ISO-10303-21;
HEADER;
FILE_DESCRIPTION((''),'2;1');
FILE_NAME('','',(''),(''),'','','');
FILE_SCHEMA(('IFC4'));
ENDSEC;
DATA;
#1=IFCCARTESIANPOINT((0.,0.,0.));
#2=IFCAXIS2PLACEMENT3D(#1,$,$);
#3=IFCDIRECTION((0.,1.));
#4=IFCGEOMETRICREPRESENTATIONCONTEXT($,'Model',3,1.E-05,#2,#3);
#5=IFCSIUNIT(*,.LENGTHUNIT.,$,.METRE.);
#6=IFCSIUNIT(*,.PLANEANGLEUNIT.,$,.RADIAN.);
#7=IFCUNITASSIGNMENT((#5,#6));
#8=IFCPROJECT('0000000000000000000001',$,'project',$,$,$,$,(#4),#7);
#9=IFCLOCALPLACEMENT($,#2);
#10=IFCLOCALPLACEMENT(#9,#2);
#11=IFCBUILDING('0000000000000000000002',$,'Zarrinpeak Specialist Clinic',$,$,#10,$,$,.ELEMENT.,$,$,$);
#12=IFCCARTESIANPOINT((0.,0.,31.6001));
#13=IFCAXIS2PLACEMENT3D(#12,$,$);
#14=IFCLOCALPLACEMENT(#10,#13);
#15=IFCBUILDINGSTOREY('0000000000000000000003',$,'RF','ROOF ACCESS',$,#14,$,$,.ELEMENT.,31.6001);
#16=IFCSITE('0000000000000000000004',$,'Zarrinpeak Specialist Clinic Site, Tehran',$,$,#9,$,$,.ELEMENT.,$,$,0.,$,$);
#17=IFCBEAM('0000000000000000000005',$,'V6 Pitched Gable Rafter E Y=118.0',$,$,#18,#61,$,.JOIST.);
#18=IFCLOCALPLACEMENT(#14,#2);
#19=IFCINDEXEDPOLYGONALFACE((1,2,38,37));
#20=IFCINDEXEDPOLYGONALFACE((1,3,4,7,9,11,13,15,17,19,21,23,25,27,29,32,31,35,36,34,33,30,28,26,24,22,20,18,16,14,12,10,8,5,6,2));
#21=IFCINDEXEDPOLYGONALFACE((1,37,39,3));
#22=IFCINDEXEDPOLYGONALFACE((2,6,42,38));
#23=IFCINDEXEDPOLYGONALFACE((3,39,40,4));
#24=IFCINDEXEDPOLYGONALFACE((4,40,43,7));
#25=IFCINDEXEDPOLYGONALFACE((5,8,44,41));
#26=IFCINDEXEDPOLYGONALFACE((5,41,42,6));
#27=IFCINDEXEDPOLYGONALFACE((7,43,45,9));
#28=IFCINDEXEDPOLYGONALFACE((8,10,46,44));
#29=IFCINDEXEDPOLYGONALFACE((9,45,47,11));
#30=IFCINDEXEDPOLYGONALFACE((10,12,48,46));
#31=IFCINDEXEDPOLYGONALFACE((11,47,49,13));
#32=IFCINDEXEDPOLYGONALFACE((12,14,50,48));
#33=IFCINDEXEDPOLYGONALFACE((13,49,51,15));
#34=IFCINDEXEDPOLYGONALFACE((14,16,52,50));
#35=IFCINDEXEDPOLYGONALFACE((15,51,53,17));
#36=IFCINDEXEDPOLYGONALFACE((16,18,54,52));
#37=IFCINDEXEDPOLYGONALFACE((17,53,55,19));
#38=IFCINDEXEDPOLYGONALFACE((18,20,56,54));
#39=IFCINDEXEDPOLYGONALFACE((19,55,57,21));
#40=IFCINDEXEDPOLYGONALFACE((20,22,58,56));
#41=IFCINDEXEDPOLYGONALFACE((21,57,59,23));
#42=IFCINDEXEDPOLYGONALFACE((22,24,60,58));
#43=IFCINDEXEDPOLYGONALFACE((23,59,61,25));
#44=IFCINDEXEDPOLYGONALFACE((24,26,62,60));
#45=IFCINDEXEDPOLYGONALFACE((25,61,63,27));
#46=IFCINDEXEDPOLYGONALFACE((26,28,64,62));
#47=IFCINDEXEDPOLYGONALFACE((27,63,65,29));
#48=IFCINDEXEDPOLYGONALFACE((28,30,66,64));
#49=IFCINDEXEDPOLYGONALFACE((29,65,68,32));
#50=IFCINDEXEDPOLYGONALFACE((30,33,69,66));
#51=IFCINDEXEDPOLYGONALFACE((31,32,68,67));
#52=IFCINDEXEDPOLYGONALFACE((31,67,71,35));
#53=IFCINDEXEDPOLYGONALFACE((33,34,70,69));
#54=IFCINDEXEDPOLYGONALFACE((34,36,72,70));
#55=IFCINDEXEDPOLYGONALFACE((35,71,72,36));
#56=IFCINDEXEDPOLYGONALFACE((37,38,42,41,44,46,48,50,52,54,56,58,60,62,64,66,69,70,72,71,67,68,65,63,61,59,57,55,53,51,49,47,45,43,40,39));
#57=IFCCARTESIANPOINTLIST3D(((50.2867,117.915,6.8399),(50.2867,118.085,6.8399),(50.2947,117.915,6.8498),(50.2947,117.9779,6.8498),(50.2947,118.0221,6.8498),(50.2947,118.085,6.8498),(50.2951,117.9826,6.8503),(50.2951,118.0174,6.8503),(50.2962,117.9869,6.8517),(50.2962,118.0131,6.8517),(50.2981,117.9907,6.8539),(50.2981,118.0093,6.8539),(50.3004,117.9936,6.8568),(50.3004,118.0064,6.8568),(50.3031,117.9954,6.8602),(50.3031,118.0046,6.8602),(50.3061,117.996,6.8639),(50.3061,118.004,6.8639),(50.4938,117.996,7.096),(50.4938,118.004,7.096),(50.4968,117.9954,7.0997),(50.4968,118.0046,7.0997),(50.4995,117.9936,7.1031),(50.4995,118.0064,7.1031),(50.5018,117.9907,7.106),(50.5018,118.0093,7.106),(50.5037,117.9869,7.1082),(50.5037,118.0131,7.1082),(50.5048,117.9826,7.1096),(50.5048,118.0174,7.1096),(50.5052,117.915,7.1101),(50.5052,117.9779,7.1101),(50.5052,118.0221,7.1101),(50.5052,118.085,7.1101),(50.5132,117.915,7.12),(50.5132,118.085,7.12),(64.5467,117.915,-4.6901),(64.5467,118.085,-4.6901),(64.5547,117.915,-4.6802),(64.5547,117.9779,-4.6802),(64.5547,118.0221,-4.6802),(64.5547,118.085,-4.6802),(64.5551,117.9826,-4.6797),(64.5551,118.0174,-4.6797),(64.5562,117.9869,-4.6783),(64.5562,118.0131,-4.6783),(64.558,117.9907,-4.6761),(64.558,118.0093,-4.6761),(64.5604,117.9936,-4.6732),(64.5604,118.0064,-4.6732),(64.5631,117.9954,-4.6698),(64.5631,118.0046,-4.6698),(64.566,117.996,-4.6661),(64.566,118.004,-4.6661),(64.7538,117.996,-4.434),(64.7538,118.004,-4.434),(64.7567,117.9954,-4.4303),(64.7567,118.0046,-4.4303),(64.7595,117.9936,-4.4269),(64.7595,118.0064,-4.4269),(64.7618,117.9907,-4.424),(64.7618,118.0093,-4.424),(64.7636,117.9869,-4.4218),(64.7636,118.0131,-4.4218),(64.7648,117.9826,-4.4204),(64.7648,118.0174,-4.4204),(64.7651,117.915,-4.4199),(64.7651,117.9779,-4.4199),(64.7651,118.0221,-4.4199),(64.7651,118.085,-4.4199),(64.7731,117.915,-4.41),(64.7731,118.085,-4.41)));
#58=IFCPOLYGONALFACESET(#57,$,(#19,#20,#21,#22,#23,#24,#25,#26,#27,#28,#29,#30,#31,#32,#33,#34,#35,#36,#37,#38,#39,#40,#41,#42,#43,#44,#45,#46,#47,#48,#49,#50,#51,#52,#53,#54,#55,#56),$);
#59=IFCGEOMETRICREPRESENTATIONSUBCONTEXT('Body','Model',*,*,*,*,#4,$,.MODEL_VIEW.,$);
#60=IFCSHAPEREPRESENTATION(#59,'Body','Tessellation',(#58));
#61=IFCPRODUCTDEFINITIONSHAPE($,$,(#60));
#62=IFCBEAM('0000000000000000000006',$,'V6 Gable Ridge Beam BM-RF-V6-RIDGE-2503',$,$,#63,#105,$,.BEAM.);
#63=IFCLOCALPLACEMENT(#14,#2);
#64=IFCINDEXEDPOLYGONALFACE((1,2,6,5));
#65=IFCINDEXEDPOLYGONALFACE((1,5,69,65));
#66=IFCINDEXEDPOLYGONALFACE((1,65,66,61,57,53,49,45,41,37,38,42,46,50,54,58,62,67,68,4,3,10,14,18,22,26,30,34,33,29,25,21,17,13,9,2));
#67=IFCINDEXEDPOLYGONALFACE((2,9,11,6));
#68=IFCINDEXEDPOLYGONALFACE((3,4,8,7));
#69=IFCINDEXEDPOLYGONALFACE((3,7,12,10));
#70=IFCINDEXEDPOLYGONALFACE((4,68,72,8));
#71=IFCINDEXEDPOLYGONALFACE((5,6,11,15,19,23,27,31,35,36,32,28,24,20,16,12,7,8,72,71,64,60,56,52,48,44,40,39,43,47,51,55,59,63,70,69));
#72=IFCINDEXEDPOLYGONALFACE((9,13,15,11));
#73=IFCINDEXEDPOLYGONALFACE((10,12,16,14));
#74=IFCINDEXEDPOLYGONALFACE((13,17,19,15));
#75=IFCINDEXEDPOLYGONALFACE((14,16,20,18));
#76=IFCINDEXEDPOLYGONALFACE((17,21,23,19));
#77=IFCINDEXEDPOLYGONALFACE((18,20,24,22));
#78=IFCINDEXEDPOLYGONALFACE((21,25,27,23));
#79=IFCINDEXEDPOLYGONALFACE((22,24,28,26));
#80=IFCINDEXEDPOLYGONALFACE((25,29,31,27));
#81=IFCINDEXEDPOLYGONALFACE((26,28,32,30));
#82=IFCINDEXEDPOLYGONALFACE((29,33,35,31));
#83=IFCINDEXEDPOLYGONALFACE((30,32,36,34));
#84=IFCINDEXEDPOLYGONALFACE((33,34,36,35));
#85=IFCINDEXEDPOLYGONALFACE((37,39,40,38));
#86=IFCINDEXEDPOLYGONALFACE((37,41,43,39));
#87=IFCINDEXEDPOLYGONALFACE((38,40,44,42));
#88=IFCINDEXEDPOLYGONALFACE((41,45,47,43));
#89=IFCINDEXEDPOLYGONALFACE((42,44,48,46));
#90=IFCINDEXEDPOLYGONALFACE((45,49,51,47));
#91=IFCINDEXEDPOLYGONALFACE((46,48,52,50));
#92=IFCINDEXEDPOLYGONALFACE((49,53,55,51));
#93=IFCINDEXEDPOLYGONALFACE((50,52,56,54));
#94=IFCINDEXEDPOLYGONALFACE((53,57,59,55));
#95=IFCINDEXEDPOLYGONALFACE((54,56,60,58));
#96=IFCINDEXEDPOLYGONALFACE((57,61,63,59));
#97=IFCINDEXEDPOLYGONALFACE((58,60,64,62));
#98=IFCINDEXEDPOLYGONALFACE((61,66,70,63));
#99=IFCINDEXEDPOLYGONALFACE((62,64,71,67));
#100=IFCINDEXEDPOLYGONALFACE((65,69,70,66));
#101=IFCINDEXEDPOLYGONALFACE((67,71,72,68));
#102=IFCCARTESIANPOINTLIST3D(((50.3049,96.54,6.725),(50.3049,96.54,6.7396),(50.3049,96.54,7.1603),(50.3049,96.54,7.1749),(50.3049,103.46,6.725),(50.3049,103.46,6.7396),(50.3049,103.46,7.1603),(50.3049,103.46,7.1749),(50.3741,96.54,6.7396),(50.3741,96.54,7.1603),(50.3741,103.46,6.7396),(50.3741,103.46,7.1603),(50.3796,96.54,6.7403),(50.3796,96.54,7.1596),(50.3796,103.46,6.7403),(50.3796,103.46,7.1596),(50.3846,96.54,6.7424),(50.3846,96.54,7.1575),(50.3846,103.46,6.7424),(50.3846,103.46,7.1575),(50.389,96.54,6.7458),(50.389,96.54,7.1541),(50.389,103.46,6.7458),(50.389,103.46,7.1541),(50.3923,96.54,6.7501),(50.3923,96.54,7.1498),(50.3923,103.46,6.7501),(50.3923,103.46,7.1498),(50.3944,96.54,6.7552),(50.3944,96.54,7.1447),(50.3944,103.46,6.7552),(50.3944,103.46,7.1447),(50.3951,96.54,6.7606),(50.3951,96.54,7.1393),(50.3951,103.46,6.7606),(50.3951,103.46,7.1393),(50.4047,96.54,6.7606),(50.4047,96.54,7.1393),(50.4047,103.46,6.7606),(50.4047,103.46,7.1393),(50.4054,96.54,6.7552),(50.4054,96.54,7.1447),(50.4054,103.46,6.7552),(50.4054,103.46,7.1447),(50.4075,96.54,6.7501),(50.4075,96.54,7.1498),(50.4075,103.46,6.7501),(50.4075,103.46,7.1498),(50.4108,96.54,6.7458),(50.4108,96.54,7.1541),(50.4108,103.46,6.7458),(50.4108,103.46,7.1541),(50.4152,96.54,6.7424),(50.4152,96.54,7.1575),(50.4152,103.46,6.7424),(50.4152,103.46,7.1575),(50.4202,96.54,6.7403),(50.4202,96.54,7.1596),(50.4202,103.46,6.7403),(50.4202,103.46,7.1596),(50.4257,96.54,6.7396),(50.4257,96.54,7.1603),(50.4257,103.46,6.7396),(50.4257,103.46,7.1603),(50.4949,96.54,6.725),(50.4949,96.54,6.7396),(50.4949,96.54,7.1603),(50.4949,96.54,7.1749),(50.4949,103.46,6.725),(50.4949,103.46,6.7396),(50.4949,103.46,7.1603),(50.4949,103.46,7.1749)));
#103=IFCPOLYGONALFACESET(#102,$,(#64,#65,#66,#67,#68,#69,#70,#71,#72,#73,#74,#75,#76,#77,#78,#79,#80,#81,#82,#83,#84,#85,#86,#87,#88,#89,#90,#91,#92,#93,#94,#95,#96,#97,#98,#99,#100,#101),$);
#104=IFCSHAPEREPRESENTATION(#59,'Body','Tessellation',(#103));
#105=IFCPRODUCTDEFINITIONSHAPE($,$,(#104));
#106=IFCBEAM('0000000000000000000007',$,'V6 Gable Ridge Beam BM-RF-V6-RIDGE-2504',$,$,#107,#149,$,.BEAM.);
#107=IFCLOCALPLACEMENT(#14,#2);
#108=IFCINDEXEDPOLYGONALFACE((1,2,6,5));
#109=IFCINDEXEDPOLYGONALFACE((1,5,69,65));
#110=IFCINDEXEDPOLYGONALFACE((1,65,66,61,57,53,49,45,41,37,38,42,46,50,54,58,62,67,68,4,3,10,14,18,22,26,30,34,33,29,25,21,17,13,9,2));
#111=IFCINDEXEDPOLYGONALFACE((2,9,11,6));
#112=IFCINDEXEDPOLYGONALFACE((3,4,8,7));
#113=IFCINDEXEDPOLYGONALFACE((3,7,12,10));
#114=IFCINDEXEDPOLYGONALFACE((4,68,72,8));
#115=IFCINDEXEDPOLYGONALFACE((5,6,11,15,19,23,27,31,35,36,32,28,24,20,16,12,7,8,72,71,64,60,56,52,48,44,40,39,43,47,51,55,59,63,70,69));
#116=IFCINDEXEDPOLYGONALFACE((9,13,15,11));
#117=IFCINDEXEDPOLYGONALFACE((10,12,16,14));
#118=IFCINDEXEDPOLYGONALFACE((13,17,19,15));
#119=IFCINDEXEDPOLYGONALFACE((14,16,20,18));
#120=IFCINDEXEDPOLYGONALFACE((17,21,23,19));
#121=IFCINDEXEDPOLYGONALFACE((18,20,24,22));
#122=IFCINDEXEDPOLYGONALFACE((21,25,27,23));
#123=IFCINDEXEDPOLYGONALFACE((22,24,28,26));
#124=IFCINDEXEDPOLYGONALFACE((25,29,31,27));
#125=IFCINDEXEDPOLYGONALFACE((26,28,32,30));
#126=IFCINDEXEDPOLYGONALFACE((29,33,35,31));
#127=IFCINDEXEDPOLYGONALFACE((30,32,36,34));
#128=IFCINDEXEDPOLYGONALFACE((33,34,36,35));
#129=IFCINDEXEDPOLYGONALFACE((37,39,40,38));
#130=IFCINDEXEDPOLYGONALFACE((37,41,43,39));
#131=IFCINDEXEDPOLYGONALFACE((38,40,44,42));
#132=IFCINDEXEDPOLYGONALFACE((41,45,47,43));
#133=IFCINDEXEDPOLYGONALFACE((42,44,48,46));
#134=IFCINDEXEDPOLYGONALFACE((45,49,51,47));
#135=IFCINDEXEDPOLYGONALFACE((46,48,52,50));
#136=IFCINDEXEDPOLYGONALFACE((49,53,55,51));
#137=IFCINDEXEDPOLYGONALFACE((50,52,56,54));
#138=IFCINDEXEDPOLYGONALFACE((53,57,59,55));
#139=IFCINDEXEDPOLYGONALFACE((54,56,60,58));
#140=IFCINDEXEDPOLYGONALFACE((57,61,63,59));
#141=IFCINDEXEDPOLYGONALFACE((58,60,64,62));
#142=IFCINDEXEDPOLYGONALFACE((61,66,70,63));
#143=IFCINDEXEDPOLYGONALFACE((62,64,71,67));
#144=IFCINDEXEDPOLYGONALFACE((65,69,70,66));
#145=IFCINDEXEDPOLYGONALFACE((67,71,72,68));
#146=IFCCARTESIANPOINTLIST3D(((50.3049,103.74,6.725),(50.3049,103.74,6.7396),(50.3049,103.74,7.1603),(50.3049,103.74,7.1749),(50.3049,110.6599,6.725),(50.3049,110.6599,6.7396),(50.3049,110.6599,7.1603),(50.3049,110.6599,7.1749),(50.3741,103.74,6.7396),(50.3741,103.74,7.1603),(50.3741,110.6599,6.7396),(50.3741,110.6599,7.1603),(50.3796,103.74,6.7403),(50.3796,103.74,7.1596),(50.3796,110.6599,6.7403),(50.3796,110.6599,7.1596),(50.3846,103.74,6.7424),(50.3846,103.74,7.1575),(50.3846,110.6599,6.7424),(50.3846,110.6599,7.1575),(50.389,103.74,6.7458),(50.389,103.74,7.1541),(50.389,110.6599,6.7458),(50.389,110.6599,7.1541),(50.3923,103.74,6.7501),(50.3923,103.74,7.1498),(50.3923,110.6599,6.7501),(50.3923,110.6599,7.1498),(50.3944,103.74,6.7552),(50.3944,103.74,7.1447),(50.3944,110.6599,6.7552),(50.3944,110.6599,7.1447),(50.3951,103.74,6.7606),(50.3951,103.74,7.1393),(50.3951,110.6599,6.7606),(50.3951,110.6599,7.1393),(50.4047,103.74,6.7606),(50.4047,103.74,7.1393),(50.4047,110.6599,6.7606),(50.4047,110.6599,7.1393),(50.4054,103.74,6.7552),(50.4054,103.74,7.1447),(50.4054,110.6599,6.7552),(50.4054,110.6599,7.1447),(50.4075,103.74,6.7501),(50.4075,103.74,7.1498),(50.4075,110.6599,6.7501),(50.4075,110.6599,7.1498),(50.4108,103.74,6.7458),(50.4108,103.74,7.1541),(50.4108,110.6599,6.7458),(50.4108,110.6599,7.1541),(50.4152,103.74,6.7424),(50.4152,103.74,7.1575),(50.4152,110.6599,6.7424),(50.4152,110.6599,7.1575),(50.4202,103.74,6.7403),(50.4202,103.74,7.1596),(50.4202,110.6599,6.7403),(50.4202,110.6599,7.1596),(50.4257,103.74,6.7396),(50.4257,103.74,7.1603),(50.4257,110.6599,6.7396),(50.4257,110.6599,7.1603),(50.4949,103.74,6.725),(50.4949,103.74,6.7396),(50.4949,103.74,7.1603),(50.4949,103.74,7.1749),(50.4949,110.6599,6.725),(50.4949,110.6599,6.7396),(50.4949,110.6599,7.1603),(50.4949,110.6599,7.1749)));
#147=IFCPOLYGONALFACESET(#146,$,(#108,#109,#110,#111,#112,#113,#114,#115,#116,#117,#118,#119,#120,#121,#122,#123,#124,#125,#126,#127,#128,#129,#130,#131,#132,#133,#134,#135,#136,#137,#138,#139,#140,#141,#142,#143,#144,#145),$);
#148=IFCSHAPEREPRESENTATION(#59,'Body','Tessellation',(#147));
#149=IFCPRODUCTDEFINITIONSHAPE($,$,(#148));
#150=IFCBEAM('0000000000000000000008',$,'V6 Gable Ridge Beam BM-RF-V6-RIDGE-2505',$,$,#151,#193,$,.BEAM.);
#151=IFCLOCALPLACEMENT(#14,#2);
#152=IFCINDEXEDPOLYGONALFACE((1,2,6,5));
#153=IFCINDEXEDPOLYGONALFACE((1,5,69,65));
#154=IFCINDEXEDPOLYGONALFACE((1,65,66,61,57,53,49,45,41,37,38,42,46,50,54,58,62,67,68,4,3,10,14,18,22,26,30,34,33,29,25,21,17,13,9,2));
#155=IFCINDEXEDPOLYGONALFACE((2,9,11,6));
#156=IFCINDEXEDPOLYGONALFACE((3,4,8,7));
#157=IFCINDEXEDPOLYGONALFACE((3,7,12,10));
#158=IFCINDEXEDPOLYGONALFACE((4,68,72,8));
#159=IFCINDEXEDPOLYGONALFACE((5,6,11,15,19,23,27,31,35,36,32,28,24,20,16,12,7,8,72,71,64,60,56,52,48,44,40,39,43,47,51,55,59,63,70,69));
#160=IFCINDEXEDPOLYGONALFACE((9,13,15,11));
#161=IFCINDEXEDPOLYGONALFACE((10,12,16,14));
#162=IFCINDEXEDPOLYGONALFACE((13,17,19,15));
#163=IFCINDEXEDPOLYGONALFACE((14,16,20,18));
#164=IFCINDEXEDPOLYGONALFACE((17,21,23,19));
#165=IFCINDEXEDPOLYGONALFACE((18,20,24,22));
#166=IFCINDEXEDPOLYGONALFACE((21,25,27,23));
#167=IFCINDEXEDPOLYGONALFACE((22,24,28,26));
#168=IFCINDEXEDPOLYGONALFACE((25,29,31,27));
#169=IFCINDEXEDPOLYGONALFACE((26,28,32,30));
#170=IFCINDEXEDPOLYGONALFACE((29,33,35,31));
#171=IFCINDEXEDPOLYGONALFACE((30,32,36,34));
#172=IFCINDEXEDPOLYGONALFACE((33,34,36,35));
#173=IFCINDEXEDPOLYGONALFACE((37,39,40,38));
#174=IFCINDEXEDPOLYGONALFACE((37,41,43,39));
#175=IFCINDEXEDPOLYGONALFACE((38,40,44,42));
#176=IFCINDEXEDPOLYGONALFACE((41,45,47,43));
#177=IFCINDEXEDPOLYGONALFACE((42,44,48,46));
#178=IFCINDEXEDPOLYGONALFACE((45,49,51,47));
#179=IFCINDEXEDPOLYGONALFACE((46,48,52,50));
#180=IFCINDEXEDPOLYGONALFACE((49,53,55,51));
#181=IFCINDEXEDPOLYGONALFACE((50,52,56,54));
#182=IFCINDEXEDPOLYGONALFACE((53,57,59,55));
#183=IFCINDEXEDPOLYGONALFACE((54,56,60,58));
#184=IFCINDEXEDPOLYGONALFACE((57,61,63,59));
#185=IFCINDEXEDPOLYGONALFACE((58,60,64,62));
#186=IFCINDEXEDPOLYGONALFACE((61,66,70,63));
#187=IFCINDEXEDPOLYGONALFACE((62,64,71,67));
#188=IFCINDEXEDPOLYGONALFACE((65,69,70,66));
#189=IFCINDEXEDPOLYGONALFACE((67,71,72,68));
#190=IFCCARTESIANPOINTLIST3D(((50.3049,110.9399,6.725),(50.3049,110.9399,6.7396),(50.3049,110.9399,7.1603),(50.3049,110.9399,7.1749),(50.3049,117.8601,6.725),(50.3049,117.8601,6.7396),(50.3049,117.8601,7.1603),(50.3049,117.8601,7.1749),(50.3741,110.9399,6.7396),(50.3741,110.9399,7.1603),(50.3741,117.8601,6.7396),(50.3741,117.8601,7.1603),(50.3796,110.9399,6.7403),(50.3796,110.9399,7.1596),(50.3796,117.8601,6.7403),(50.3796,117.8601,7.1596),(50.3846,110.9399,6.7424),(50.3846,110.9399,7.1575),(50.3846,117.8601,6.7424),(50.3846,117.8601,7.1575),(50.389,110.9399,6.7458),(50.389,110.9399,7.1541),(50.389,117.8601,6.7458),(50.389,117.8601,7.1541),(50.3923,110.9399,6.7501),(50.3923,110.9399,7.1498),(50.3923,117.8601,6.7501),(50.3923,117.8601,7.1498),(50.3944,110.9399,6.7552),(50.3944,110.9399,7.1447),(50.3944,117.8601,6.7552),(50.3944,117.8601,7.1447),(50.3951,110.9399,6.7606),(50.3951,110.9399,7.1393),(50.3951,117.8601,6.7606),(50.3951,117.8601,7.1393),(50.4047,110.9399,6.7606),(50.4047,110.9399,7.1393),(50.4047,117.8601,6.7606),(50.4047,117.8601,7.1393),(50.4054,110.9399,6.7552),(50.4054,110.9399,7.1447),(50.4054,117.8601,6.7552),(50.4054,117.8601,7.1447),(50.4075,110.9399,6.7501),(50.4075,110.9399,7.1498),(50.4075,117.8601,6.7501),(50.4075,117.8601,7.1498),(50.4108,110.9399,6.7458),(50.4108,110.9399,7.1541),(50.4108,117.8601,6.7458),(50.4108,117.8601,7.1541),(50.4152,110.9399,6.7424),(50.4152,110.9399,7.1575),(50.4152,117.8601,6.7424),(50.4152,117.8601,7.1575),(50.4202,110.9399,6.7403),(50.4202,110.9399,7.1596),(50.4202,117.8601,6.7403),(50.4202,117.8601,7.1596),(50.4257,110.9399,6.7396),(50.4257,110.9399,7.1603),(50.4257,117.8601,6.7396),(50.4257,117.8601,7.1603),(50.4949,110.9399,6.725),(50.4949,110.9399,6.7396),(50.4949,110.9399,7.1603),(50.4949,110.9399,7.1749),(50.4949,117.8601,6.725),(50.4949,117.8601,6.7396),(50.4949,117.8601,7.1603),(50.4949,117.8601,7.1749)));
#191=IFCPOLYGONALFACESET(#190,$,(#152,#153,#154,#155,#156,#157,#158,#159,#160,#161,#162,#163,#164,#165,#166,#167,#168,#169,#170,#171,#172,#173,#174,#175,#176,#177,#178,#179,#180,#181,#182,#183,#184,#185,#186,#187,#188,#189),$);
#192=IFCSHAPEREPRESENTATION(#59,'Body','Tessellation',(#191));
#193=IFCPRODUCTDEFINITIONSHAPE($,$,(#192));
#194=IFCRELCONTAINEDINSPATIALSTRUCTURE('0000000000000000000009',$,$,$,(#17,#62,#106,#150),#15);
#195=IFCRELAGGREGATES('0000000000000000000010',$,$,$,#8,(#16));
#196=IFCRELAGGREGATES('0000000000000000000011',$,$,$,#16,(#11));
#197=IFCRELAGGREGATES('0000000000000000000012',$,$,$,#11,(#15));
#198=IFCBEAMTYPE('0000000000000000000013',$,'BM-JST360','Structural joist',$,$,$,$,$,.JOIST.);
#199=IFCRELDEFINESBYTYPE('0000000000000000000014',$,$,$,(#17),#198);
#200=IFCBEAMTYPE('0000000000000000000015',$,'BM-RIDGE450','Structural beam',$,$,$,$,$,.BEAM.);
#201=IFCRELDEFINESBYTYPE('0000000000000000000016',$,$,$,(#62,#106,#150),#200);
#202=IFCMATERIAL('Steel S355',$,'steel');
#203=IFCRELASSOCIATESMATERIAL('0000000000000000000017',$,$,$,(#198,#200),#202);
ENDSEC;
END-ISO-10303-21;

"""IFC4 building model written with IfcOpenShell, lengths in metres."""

from ifc_helpers import new_model, si_unit, direction, frame, origin, origin_2d, place, context, subcontext, project, spatial, i_section, extrude, material, material_profile, profile_set, type_object, element, save


model = new_model("IFC4")

# Units and contexts
model_context = context("Model", 3, precision=1e-05, world=origin(), true_north=direction((0.0, 1.0)))
body_context = subcontext(model_context, "Body", "Model", "MODEL_VIEW")
ifc_project = project(units=[si_unit("LENGTHUNIT", "METRE"), si_unit("PLANEANGLEUNIT", "RADIAN")], contexts=[model_context])

# Site, building, storey
site_placement = place(None, origin())
site = spatial("IfcSite", under=ifc_project, at=site_placement, Name="Zarrinpeak Specialist Clinic Site, Tehran", CompositionType="ELEMENT", RefElevation=0.0)
building_placement = place(site_placement, origin())
building = spatial("IfcBuilding", under=site, at=building_placement, Name="Zarrinpeak Specialist Clinic", CompositionType="ELEMENT")
storey_placement = place(building_placement, frame((0.0, 0.0, 31.6001)))
storey = spatial("IfcBuildingStorey", under=building, at=storey_placement, Name="RF", Description="ROOF ACCESS", CompositionType="ELEMENT", Elevation=31.6001)

# Shared definitions
ifc_material = material(Name="Steel S355", Category="steel")

# Beams
ifc_material_profile_1 = material_profile(ifc_material, i_section(OverallWidth=0.1699, OverallDepth=0.3601, WebThickness=0.0081, FlangeThickness=0.0127, FilletRadius=0.0181, at=origin_2d()), Name="IPE 360")
ifc_profile_set_1 = profile_set([ifc_material_profile_1], Name="Steel S355")
beam_type_1 = type_object("IfcBeamType", Name="BM-JST360", Description="Structural joist", PredefinedType="JOIST", material=ifc_profile_set_1)
for number, where, z_axis, x_axis, name in (
    (1, (64.6599, 118.0, -4.55), (-0.777612, 0.0, 0.628744), (0.0, -1.0, 0.0), "V6 Pitched Gable Rafter E Y=118.0"),
):
    element("IfcBeam", number, at=place(storey_placement, frame(where, z_axis=z_axis, x_axis=x_axis)), inside=storey, type_object=beam_type_1, Name=name, PredefinedType="JOIST", context=body_context, shape_type="SweptSolid", body=[
        extrude(i_section(OverallWidth=0.1699, OverallDepth=0.3601, WebThickness=0.0081, FlangeThickness=0.0127, FilletRadius=0.0181, at=origin_2d()), origin(), (0.0, 0.0, 1.0), 18.3381),
    ])
ifc_material_profile_2 = material_profile(ifc_material, i_section(OverallWidth=0.1899, OverallDepth=0.45, WebThickness=0.0095, FlangeThickness=0.0146, FilletRadius=0.021, at=origin_2d()), Name="IPE 450")
ifc_profile_set_2 = profile_set([ifc_material_profile_2], Name="Steel S355")
beam_type_2 = type_object("IfcBeamType", Name="BM-RIDGE450", Description="Structural beam", PredefinedType="BEAM", material=ifc_profile_set_2)
for number, where, z_axis, x_axis, name in (
    (2, (50.3999, 96.54, 6.95), (0.0, 1.0, 0.0), (-1.0, 0.0, 0.0), "V6 Gable Ridge Beam BM-RF-V6-RIDGE-2503"),
    (3, (50.3999, 103.74, 6.95), (0.0, 1.0, 0.0), (-1.0, 0.0, 0.0), "V6 Gable Ridge Beam BM-RF-V6-RIDGE-2504"),
):
    element("IfcBeam", number, at=place(storey_placement, frame(where, z_axis=z_axis, x_axis=x_axis)), inside=storey, type_object=beam_type_2, Name=name, PredefinedType="BEAM", context=body_context, shape_type="SweptSolid", body=[
        extrude(i_section(OverallWidth=0.1899, OverallDepth=0.45, WebThickness=0.0095, FlangeThickness=0.0146, FilletRadius=0.021, at=origin_2d()), origin(), (0.0, 0.0, 1.0), 6.9199),
    ])
beam_placement = place(storey_placement, frame((50.3999, 110.9399, 6.95), z_axis=(0.0, 1.0, 0.0), x_axis=(-1.0, 0.0, 0.0)))
element("IfcBeam", 4, at=beam_placement, inside=storey, type_object=beam_type_2, Name="V6 Gable Ridge Beam BM-RF-V6-RIDGE-2505", PredefinedType="BEAM", context=body_context, shape_type="SweptSolid", body=[
    extrude(i_section(OverallWidth=0.1899, OverallDepth=0.45, WebThickness=0.0095, FlangeThickness=0.0146, FilletRadius=0.021, at=origin_2d()), origin(), (0.0, 0.0, 1.0), 6.9202),
])

save(model, "model.ifc")
